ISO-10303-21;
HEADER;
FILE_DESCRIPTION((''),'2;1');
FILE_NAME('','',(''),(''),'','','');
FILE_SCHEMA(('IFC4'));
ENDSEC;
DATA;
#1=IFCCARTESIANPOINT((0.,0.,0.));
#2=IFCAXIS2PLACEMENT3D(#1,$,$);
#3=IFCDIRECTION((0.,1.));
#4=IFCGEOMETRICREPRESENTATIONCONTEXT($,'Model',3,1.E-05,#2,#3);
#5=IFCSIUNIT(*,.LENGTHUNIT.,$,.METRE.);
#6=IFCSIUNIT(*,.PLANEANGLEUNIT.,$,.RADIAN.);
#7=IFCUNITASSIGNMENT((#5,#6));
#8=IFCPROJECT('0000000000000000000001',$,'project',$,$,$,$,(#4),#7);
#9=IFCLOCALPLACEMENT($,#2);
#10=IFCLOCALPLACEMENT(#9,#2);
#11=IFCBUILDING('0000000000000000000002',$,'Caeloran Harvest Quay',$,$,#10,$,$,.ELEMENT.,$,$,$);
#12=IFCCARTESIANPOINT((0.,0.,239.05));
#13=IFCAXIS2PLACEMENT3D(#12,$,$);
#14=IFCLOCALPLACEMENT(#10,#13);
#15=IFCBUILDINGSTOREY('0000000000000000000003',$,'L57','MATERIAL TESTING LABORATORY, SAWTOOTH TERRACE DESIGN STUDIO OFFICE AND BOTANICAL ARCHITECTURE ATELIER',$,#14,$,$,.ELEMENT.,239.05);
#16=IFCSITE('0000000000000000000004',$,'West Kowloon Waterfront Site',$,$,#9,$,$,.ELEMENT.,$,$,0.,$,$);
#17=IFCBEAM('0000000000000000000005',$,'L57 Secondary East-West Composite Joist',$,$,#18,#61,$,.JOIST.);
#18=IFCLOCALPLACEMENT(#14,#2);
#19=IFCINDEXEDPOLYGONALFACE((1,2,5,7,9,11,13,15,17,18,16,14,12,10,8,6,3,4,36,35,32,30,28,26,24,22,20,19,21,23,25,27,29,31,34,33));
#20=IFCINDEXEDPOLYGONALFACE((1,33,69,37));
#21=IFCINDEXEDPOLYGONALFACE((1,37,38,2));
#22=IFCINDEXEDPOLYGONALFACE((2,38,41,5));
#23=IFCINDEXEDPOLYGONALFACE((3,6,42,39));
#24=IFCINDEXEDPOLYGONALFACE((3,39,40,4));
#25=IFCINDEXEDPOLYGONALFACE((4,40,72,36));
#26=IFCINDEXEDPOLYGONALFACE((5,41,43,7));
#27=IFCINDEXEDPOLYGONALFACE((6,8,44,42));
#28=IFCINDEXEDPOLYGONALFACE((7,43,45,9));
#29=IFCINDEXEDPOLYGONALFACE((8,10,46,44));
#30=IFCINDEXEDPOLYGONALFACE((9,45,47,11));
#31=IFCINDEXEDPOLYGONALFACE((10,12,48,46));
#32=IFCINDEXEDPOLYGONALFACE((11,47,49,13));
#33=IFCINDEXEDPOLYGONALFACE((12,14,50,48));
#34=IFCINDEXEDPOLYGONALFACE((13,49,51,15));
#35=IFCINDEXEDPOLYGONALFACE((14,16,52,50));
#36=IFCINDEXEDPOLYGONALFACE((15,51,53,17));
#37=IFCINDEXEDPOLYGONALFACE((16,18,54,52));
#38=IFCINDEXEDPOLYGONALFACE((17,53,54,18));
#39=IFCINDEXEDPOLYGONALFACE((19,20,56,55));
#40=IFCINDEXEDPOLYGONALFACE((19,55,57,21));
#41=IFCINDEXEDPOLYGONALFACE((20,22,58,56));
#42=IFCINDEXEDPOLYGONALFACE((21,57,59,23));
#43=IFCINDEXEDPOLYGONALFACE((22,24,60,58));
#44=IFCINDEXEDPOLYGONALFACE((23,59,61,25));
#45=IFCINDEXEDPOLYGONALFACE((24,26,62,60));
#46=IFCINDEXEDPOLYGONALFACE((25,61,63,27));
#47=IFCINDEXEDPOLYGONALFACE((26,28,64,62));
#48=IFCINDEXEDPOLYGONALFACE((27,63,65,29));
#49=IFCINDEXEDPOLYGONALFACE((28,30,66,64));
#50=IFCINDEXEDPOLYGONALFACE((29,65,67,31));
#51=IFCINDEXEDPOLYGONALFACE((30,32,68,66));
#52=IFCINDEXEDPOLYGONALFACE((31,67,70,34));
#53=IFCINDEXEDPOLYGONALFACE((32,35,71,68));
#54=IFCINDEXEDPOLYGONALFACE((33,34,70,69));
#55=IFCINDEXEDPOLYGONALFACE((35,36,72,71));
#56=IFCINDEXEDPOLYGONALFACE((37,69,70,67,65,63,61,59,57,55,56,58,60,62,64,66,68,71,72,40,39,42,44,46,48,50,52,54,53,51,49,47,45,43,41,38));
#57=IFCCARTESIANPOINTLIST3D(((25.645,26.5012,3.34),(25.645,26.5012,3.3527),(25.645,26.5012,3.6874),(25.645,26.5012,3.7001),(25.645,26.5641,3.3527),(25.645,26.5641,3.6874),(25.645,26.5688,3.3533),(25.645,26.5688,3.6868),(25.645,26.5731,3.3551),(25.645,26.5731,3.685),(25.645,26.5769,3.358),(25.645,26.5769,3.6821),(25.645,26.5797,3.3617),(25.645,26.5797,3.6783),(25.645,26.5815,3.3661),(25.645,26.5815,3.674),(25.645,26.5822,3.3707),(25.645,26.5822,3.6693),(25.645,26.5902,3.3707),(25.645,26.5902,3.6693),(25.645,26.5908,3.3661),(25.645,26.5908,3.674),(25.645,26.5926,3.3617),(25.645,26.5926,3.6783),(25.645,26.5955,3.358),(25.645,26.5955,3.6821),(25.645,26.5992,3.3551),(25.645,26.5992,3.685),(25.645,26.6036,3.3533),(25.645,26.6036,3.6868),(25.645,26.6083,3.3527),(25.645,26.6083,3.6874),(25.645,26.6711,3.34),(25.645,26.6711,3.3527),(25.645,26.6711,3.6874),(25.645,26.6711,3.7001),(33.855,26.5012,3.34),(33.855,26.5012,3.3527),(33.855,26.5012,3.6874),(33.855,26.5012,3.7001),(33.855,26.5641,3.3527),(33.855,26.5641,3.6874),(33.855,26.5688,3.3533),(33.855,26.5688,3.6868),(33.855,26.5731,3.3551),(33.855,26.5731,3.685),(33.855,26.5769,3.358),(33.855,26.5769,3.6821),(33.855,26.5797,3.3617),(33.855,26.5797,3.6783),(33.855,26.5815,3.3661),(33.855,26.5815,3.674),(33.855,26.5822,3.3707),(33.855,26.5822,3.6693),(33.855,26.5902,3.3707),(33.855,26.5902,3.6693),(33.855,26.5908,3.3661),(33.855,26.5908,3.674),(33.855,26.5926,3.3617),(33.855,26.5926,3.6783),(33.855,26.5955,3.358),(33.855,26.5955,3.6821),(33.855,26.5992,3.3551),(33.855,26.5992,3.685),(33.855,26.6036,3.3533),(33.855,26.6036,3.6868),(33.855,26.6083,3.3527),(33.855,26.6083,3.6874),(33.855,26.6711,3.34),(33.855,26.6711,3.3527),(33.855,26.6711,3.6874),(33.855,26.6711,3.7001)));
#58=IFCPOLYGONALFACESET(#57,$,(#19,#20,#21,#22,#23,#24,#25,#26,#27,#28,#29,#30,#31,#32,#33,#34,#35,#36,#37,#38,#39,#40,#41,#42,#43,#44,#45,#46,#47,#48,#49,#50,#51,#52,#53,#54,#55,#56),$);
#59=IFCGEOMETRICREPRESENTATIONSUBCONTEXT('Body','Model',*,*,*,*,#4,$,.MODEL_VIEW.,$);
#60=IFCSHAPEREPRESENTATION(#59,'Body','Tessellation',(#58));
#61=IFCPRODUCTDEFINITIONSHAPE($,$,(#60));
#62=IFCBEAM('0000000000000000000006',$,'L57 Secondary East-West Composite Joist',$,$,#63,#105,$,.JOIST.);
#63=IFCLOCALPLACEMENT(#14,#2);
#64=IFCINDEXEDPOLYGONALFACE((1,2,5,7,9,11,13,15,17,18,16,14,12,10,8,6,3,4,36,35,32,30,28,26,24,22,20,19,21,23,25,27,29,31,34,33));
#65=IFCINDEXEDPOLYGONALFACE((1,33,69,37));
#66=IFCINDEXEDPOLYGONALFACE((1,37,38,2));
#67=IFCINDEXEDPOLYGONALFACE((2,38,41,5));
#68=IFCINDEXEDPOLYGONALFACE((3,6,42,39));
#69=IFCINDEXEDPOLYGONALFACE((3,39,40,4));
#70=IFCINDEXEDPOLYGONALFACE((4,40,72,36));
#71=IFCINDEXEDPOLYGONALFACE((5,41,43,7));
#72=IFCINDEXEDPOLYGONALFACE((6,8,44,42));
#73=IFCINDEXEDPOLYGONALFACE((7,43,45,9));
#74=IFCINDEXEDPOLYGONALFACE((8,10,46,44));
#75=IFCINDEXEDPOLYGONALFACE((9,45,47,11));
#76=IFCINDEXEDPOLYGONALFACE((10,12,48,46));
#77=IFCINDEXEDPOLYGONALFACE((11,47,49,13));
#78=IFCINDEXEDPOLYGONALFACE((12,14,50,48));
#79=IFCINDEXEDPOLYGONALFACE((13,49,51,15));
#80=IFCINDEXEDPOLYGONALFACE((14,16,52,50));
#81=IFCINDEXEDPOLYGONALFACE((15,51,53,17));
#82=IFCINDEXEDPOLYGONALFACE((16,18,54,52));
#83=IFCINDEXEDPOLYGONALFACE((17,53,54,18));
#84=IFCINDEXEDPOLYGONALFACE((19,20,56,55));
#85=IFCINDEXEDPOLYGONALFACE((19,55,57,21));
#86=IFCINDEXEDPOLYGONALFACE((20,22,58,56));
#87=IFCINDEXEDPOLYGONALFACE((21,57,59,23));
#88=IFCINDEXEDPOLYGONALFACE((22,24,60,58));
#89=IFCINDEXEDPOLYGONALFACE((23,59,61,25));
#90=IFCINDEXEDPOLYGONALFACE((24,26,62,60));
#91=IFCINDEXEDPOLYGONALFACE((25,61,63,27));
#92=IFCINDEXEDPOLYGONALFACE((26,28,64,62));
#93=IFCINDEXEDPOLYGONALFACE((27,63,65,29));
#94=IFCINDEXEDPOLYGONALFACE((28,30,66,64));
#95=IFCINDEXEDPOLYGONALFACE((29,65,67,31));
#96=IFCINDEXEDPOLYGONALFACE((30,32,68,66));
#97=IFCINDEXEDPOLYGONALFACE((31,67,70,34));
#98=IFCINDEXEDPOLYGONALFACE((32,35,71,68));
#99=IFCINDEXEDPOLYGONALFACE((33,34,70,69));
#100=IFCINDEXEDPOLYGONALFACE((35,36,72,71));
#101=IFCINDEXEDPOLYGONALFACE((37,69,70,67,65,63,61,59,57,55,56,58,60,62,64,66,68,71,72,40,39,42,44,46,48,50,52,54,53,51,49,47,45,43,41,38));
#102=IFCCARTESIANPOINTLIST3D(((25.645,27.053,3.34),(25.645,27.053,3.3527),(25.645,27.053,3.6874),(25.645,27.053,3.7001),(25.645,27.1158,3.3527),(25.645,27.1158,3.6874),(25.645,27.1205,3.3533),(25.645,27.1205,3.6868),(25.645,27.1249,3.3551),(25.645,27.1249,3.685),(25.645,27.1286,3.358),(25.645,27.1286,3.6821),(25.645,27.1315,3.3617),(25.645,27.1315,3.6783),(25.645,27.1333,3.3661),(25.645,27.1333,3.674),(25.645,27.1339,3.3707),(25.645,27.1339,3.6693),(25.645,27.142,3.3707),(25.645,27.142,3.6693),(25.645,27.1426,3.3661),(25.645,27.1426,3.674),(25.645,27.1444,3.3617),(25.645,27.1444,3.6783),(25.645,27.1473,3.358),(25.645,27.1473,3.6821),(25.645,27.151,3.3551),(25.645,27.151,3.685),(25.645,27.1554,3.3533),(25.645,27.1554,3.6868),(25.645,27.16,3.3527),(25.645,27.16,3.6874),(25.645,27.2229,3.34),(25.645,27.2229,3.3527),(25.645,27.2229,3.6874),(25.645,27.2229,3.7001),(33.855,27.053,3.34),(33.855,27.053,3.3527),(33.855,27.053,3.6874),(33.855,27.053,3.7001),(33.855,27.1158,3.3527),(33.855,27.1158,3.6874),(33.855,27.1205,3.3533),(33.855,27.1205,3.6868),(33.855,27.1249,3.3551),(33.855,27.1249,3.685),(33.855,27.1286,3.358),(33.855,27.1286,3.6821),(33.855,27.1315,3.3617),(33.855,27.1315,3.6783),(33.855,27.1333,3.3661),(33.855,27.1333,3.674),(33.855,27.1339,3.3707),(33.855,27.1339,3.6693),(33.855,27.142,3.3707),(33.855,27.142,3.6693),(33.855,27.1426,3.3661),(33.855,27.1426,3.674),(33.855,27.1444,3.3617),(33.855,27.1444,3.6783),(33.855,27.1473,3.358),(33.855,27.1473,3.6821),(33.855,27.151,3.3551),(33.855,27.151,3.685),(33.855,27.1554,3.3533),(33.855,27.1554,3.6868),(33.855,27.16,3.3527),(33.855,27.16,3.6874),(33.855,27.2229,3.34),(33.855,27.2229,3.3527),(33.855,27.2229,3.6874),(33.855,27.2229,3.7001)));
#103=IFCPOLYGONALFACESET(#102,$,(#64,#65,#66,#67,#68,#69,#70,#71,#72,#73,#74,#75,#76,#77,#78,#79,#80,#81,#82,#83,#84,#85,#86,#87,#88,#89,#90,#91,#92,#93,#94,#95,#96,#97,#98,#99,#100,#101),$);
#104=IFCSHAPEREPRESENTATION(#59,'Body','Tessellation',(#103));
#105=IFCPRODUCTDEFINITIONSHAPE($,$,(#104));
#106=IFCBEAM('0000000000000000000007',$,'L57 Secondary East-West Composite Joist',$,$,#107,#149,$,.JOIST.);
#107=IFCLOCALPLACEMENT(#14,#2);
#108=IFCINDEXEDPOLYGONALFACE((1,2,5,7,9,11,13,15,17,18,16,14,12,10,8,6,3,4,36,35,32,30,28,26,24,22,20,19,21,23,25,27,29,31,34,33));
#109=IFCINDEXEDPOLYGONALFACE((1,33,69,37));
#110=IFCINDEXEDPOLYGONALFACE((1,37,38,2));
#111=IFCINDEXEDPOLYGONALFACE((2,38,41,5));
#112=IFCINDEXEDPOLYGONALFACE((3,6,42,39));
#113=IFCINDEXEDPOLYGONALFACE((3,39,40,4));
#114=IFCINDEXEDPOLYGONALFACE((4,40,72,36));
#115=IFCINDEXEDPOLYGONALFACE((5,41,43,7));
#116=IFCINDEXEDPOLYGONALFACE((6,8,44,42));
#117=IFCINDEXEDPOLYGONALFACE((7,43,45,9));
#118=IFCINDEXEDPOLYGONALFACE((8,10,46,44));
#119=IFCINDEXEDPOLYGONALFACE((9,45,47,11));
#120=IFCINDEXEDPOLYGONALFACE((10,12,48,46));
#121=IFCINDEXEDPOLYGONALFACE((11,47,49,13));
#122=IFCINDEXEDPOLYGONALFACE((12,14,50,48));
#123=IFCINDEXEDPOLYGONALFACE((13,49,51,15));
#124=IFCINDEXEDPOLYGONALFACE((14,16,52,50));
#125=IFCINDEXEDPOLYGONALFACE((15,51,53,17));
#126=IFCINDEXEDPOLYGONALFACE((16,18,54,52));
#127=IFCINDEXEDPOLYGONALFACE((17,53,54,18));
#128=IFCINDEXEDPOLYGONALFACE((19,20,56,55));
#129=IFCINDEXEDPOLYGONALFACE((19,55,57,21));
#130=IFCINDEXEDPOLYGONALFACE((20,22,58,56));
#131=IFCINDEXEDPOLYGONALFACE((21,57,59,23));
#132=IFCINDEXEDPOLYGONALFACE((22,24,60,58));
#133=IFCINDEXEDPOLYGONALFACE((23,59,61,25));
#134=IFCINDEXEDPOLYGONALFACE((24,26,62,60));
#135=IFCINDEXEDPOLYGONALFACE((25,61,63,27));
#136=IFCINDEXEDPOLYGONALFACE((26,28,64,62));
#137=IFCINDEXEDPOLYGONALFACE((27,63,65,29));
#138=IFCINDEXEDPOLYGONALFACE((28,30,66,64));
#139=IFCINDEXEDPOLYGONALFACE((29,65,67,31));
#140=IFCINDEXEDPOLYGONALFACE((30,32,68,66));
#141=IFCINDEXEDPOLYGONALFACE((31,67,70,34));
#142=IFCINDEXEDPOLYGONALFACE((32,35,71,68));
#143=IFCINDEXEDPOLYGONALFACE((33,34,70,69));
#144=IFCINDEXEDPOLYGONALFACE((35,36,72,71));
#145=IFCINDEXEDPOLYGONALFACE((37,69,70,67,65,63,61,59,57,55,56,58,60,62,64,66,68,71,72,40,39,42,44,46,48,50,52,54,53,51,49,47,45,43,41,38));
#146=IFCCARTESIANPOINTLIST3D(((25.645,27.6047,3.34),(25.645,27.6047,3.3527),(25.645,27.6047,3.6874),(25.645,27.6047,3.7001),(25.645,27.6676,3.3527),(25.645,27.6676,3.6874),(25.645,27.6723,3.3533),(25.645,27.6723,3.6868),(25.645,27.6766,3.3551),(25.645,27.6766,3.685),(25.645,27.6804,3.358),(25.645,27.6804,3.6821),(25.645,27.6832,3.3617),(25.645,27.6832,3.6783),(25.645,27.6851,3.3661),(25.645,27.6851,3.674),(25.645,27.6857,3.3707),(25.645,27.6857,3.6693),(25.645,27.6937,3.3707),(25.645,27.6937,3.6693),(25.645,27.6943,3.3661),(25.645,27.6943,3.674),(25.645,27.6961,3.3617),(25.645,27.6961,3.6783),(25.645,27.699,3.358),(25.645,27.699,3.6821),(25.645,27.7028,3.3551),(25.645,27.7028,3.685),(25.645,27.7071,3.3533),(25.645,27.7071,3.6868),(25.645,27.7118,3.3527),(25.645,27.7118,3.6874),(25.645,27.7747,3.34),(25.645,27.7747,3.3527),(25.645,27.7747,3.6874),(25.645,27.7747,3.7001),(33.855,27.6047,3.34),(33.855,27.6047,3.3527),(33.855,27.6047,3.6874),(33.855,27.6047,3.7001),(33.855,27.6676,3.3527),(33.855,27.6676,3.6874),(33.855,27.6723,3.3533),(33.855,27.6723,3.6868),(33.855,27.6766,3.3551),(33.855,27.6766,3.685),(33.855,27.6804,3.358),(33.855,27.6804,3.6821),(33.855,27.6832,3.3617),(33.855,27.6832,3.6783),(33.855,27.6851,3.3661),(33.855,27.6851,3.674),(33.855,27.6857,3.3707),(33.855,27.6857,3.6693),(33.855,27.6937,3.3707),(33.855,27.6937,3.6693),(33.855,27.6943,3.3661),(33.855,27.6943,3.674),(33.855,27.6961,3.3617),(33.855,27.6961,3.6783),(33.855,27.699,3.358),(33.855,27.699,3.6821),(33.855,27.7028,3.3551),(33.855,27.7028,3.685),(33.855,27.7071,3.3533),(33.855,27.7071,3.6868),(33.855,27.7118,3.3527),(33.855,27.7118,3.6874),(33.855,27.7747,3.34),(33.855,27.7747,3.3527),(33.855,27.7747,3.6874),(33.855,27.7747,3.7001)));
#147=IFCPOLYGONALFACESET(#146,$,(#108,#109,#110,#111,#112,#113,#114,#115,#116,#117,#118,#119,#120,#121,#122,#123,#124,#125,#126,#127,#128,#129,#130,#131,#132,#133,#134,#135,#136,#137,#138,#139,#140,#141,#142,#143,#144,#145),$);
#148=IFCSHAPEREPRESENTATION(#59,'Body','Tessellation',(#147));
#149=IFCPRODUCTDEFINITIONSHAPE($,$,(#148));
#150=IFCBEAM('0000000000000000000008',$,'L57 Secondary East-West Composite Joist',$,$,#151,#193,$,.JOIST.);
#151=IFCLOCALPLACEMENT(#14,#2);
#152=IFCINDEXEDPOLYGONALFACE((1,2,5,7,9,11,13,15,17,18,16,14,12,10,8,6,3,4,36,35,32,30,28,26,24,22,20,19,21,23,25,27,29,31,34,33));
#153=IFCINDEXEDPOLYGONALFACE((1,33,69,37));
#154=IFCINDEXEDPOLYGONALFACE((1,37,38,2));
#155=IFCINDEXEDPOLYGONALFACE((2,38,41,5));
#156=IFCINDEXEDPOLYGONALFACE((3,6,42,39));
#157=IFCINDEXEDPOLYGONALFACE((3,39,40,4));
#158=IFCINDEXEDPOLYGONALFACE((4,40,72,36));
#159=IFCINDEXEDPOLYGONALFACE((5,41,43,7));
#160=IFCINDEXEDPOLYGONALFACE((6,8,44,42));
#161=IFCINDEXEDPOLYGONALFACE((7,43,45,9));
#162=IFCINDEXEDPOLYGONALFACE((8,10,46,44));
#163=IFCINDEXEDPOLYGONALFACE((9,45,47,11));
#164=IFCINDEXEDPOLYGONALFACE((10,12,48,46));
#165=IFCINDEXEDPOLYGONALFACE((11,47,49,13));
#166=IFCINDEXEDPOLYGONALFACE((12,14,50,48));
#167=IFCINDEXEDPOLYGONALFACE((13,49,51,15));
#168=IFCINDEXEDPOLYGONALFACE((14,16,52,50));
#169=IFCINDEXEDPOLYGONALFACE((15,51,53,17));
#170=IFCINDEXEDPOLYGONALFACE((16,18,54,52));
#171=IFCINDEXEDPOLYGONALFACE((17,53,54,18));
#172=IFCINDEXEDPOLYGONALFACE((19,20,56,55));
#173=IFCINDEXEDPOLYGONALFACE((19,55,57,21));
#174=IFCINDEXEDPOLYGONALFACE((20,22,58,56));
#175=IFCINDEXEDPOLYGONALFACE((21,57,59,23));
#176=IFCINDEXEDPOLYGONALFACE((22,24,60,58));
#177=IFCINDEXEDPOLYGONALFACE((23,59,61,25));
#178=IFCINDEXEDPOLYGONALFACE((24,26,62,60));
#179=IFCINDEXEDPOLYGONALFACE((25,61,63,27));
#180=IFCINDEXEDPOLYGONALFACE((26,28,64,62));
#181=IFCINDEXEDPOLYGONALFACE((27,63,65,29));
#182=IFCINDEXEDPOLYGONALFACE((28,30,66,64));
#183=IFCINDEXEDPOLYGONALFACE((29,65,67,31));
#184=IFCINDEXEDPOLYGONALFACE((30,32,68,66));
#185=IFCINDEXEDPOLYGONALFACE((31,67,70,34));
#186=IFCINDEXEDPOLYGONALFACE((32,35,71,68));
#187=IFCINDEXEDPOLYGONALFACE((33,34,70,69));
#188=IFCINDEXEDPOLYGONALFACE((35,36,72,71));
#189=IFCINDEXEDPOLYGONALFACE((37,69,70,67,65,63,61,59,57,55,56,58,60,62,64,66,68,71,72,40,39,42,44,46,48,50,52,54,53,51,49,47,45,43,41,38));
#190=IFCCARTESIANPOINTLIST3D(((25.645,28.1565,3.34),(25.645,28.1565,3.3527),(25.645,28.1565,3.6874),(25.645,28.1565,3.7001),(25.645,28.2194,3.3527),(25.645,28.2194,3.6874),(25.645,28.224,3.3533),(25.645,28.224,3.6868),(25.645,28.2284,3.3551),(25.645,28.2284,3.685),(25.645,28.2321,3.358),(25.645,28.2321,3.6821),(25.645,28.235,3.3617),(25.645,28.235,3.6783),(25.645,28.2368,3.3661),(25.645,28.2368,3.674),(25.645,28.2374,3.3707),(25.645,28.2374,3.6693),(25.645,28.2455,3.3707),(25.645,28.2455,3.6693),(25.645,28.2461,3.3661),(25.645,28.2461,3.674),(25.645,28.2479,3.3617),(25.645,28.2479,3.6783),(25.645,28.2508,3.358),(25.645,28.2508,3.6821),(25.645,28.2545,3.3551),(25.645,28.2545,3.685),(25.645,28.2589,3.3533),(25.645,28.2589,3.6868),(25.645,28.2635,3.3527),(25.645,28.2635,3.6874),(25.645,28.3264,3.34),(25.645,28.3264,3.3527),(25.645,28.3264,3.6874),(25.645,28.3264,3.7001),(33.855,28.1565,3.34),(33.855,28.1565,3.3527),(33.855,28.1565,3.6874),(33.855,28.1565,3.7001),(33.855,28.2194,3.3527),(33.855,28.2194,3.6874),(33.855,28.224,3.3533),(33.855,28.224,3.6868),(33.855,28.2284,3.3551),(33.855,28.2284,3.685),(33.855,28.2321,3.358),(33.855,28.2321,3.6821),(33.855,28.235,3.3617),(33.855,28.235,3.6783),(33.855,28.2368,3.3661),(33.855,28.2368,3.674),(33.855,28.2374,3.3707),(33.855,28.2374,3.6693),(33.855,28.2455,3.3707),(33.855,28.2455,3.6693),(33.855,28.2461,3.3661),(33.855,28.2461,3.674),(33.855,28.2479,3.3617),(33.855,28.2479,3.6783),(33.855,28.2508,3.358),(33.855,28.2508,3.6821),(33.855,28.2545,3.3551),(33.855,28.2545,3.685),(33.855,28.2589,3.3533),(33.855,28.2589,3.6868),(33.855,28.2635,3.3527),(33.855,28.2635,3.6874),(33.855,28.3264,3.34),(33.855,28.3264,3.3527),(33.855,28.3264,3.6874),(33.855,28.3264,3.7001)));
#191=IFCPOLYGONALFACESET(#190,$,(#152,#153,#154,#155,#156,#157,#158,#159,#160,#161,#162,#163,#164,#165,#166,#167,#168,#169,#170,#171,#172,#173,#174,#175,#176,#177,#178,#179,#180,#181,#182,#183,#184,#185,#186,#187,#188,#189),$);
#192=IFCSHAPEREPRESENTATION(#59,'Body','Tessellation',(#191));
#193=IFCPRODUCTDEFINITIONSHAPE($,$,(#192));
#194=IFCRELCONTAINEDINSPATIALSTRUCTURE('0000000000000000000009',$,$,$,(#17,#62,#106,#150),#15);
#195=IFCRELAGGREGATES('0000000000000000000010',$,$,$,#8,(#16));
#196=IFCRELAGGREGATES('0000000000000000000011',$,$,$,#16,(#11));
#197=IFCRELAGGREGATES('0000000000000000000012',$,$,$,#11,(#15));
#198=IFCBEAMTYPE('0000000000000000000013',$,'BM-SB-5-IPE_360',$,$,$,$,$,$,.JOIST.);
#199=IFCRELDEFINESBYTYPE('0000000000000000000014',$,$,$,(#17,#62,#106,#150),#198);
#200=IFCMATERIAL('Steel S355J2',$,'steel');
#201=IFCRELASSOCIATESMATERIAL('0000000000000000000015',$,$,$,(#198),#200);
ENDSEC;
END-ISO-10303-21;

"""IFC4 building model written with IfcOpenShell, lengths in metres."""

from ifc_helpers import new_model, si_unit, direction, frame, origin, origin_2d, place, context, subcontext, project, spatial, i_section, extrude, material, material_profile, profile_set, type_object, element, save


model = new_model("IFC4")

# Units and contexts
model_context = context("Model", 3, precision=1e-05, world=origin(), true_north=direction((0.0, 1.0)))
body_context = subcontext(model_context, "Body", "Model", "MODEL_VIEW")
ifc_project = project(units=[si_unit("LENGTHUNIT", "METRE"), si_unit("PLANEANGLEUNIT", "RADIAN")], contexts=[model_context])

# Site, building, storey
site_placement = place(None, origin())
site = spatial("IfcSite", under=ifc_project, at=site_placement, Name="West Kowloon Waterfront Site", CompositionType="ELEMENT", RefElevation=0.0)
building_placement = place(site_placement, origin())
building = spatial("IfcBuilding", under=site, at=building_placement, Name="Caeloran Harvest Quay", CompositionType="ELEMENT")
storey_placement = place(building_placement, frame((0.0, 0.0, 239.05)))
storey = spatial("IfcBuildingStorey", under=building, at=storey_placement, Name="L57", Description="MATERIAL TESTING LABORATORY, SAWTOOTH TERRACE DESIGN STUDIO OFFICE AND BOTANICAL ARCHITECTURE ATELIER", CompositionType="ELEMENT", Elevation=239.05)

# Beams
ifc_material = material(Name="Steel S355J2", Category="steel")
ifc_material_profile_1 = material_profile(ifc_material, i_section(OverallWidth=0.1699, OverallDepth=0.3601, WebThickness=0.0081, FlangeThickness=0.0127, FilletRadius=0.0181, at=origin_2d()), Name="IPE 360")
ifc_profile_set_1 = profile_set([ifc_material_profile_1], Name="Steel S355J2")
beam_type_1 = type_object("IfcBeamType", Name="BM-SB-5-IPE_360", PredefinedType="JOIST", material=ifc_profile_set_1)
for number, where, z_axis, x_axis, name in (
    (1, (25.645, 26.5862, 3.52), (1.0, 0.0, 0.0), (0.0, 1.0, 0.0), "L57 Secondary East-West Composite Joist"),
    (2, (25.645, 27.1379, 3.52), (1.0, 0.0, 0.0), (0.0, 1.0, 0.0), "L57 Secondary East-West Composite Joist"),
    (3, (25.645, 27.6897, 3.52), (1.0, 0.0, 0.0), (0.0, 1.0, 0.0), "L57 Secondary East-West Composite Joist"),
    (4, (25.645, 28.2415, 3.52), (1.0, 0.0, 0.0), (0.0, 1.0, 0.0), "L57 Secondary East-West Composite Joist"),
):
    element("IfcBeam", number, at=place(storey_placement, frame(where, z_axis=z_axis, x_axis=x_axis)), inside=storey, type_object=beam_type_1, Name=name, PredefinedType="JOIST", context=body_context, shape_type="SweptSolid", body=[
        extrude(i_section(OverallWidth=0.1699, OverallDepth=0.3601, WebThickness=0.0081, FlangeThickness=0.0127, FilletRadius=0.0181, at=origin_2d()), origin(), (0.0, 0.0, 1.0), 8.21),
    ])

save(model, "model.ifc")
